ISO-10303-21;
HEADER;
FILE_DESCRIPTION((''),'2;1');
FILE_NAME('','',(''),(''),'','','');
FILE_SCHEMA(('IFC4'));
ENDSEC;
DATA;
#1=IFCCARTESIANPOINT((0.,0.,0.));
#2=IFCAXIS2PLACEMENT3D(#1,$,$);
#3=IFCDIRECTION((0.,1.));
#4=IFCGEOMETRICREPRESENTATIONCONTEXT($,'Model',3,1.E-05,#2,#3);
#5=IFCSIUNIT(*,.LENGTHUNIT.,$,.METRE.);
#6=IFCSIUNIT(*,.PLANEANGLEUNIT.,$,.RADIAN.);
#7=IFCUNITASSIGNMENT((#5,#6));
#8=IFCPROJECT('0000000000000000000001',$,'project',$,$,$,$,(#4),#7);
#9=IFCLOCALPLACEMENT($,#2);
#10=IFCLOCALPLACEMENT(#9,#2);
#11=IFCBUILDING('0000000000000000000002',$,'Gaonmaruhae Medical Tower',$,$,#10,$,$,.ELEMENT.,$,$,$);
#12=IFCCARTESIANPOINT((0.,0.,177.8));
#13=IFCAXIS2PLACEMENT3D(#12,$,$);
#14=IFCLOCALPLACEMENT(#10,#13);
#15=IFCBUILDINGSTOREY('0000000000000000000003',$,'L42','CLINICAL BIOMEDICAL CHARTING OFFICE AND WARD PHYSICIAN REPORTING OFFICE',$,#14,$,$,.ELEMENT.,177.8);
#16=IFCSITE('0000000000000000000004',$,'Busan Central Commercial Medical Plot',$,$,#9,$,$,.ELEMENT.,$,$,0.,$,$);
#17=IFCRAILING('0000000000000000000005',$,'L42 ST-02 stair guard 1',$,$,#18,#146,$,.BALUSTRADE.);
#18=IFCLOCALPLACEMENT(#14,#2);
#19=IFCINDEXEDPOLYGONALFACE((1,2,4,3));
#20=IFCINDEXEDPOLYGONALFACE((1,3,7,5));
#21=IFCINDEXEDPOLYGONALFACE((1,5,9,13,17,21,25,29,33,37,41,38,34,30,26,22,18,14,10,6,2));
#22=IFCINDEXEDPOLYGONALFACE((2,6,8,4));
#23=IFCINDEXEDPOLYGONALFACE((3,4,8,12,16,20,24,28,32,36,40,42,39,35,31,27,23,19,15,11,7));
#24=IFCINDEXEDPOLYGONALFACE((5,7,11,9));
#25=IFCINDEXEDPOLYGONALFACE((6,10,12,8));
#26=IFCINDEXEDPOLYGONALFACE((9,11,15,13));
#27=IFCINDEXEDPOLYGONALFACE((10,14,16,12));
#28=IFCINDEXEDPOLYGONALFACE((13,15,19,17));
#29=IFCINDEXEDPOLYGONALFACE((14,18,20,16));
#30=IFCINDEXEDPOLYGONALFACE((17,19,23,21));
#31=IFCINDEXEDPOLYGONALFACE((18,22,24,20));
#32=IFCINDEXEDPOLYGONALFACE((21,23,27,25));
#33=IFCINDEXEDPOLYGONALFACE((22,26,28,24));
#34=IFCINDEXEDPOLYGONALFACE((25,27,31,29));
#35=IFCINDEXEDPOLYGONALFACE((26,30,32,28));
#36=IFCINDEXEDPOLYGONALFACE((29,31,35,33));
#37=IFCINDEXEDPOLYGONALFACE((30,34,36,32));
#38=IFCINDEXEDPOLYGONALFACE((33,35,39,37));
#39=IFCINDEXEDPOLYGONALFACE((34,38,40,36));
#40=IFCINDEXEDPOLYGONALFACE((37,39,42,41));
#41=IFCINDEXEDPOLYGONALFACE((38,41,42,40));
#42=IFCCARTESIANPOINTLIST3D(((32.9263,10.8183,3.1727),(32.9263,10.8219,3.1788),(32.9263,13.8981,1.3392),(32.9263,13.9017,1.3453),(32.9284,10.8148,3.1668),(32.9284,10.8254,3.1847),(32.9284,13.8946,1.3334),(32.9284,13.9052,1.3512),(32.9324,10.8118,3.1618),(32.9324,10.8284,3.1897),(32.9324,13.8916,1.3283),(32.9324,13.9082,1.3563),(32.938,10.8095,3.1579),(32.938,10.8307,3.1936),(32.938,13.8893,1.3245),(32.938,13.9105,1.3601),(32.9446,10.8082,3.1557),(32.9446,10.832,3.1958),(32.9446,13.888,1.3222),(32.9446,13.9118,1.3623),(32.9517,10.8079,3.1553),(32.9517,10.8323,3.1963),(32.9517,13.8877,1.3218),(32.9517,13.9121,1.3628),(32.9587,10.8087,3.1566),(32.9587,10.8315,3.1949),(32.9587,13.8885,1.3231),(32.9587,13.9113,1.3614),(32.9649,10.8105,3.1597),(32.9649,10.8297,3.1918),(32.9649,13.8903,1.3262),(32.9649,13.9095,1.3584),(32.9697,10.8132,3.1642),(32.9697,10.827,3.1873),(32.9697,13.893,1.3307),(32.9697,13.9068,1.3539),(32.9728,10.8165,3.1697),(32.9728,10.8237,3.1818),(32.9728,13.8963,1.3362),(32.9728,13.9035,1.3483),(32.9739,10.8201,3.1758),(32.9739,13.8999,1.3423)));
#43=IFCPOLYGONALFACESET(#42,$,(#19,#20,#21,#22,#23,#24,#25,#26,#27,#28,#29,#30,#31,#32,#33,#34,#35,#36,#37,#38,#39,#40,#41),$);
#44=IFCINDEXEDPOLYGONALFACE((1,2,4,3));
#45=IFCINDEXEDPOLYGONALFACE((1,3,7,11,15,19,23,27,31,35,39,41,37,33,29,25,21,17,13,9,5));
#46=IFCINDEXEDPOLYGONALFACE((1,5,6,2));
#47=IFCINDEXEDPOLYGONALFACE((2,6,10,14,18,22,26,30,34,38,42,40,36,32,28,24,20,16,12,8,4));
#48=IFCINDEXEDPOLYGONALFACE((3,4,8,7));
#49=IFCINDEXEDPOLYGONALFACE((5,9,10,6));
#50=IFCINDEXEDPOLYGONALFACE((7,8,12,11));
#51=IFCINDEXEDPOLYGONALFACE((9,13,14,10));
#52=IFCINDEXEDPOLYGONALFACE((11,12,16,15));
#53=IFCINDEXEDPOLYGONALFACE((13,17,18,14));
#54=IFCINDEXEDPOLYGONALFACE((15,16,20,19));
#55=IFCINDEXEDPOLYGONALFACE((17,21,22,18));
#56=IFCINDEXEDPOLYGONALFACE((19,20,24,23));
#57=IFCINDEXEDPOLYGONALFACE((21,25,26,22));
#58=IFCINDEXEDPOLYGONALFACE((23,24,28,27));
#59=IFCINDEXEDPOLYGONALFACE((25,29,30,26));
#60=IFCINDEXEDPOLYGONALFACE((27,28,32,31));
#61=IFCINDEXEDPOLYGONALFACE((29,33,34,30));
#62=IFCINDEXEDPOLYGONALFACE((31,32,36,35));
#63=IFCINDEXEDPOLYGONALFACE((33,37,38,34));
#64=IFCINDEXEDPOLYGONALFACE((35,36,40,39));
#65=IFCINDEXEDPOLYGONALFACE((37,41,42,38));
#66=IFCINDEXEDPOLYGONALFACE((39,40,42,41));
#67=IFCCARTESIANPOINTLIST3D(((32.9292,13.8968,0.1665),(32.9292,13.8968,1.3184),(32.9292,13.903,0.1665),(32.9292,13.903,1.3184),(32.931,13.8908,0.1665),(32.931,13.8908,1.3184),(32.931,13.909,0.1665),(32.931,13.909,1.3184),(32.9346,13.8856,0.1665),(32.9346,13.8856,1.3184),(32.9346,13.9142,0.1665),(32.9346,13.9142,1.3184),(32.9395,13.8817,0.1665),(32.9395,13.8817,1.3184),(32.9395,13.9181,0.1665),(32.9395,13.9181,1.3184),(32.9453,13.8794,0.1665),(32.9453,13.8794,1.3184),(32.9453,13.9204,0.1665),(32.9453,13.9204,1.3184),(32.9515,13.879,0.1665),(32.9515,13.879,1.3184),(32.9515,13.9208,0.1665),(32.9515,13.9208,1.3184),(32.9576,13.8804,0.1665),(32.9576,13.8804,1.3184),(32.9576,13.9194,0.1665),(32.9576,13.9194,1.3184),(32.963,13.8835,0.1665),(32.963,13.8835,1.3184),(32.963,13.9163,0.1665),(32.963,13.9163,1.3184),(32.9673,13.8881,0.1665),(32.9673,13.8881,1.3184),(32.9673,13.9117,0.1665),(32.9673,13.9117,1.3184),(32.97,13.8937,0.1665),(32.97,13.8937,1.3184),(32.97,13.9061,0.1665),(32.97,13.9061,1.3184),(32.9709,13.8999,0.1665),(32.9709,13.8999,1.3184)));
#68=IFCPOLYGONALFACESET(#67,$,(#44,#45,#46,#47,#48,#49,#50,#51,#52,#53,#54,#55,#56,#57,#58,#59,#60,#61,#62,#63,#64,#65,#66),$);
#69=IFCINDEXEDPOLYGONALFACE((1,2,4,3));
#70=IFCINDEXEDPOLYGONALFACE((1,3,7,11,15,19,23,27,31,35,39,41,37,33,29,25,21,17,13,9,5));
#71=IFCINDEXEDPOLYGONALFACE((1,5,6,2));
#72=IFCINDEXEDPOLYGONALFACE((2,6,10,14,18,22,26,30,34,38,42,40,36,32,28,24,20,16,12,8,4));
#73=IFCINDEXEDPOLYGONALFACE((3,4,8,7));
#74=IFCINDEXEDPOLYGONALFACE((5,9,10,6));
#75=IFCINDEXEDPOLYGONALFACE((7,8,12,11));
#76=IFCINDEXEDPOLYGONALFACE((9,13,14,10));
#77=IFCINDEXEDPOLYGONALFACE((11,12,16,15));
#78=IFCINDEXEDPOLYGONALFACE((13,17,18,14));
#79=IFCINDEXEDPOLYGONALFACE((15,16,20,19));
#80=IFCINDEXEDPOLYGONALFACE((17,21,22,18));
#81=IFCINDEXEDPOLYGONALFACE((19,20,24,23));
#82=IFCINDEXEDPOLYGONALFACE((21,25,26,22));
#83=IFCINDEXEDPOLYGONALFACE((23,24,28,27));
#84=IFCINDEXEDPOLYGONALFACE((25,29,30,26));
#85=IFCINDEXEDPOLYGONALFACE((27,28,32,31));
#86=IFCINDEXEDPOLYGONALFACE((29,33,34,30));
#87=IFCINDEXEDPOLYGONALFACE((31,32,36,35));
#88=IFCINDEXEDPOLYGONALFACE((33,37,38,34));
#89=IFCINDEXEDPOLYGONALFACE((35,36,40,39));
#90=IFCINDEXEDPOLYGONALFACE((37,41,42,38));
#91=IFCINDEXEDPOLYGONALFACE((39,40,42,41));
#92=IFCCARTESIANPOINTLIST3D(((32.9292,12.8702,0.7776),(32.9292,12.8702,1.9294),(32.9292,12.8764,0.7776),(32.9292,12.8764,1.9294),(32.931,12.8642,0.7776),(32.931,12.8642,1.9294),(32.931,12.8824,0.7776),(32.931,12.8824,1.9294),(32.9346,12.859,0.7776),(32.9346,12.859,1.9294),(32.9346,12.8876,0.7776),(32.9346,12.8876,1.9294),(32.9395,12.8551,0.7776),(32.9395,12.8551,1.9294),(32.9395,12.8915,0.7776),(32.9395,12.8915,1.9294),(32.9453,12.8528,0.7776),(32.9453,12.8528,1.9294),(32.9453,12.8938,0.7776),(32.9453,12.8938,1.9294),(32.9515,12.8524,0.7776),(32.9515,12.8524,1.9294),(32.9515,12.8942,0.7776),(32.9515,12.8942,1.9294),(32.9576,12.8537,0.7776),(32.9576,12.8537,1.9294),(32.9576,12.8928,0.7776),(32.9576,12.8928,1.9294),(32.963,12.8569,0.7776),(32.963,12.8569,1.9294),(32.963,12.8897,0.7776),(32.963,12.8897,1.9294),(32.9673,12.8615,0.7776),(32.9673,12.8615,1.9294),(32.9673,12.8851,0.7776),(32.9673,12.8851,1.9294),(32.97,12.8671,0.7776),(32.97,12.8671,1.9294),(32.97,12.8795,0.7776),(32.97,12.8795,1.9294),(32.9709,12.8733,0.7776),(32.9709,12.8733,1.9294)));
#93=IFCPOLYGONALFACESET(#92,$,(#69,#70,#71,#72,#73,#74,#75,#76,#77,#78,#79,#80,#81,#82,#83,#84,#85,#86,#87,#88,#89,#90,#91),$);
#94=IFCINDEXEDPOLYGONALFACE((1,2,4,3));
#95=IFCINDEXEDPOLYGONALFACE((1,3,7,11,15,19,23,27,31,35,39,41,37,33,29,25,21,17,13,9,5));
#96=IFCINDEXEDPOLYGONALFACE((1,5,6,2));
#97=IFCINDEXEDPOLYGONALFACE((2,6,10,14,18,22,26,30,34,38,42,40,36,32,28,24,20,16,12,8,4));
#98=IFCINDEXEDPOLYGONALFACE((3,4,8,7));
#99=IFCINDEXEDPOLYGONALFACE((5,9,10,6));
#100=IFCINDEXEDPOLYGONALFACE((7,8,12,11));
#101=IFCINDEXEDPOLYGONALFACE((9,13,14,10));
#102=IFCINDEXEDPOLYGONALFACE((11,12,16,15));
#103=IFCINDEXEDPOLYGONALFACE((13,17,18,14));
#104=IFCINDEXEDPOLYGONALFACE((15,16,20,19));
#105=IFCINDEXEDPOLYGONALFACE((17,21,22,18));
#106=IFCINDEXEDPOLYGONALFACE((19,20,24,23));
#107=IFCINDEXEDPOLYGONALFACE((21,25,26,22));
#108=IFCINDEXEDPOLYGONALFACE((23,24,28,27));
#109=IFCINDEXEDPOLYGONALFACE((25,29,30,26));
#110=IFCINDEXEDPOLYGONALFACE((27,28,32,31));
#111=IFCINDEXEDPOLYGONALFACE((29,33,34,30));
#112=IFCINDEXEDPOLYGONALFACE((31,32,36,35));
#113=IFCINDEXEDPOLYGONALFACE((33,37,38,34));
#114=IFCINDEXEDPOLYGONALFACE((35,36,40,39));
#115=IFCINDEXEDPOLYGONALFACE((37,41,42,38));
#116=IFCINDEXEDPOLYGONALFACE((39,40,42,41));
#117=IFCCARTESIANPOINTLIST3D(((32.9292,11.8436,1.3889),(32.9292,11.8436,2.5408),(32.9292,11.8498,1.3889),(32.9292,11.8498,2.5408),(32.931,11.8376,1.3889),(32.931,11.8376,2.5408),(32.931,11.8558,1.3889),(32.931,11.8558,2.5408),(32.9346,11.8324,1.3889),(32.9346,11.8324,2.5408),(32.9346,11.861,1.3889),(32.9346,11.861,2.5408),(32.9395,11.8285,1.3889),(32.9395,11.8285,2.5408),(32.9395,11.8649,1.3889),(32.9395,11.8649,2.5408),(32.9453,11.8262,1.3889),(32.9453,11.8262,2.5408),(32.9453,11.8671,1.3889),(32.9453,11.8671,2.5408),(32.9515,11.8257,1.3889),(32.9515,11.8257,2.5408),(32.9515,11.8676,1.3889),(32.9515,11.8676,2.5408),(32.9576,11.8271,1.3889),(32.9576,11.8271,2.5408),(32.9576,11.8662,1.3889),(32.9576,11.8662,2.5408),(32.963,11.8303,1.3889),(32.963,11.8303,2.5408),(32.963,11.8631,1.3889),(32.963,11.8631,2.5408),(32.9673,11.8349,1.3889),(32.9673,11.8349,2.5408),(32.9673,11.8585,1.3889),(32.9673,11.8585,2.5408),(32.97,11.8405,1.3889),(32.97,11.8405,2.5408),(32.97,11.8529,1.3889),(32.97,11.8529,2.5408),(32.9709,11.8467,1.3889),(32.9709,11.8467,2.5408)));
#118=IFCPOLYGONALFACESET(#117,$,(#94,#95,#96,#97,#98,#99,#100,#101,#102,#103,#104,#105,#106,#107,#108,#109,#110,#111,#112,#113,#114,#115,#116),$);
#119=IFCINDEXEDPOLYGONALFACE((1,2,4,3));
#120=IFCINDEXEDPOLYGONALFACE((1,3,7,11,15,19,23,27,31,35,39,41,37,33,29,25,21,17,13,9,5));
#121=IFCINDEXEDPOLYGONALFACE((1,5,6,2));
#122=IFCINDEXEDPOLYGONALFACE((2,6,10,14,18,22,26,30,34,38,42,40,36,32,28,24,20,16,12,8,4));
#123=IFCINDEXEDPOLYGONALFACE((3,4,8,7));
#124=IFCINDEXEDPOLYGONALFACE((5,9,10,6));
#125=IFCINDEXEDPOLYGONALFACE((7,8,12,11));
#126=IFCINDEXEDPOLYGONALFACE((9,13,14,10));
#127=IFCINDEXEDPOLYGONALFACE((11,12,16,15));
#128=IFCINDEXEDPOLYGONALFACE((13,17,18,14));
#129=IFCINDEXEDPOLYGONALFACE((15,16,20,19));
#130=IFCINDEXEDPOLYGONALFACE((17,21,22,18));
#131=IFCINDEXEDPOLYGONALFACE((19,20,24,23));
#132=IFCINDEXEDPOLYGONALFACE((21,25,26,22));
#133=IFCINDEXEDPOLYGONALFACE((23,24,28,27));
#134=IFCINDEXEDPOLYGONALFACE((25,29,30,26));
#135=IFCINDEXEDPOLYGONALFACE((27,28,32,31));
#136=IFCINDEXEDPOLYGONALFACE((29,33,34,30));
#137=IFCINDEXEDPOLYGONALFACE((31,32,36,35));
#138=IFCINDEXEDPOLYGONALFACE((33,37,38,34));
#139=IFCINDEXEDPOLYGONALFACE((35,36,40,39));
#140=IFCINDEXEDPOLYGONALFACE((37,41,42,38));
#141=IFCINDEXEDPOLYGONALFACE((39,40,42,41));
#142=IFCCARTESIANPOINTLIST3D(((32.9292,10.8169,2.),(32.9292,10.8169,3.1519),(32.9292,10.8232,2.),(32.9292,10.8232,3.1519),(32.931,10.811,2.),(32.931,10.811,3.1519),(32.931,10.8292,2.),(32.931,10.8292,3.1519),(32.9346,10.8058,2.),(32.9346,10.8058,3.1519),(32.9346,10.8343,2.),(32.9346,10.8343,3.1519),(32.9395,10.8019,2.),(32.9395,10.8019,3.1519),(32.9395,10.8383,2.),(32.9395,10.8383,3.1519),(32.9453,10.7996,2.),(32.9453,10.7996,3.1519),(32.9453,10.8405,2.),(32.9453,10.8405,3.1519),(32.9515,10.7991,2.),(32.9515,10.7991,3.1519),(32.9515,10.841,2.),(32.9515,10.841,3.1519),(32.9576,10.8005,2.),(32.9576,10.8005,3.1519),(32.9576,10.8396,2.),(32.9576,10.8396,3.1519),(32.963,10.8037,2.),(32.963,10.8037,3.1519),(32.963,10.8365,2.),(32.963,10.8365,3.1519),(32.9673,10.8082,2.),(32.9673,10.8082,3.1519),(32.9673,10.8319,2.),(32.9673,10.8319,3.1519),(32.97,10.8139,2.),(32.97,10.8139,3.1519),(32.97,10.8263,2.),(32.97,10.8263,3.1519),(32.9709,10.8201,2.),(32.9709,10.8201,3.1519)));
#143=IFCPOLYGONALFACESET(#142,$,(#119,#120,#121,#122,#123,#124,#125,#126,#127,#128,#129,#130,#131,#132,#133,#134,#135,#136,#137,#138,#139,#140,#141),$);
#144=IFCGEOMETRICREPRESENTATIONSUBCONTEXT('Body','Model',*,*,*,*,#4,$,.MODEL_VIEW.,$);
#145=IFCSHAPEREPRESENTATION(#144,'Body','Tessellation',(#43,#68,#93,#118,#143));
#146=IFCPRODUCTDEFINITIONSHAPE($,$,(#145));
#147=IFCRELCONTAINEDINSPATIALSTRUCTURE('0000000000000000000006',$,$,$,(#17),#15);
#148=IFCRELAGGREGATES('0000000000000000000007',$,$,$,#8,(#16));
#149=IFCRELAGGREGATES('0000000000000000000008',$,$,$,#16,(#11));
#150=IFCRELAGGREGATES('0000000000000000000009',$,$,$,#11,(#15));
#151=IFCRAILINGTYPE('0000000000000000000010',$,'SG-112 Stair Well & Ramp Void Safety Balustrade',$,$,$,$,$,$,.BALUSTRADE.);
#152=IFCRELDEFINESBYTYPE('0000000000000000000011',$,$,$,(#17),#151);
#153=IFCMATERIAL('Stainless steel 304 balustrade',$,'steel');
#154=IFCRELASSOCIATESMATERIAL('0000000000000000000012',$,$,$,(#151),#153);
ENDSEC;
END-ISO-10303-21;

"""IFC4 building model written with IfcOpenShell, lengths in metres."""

from ifc_helpers import new_model, si_unit, direction, frame, origin, origin_2d, place, context, subcontext, project, spatial, circle, extrude, material, type_object, element, save


model = new_model("IFC4")

# Units and contexts
model_context = context("Model", 3, precision=1e-05, world=origin(), true_north=direction((0.0, 1.0)))
body_context = subcontext(model_context, "Body", "Model", "MODEL_VIEW")
ifc_project = project(units=[si_unit("LENGTHUNIT", "METRE"), si_unit("PLANEANGLEUNIT", "RADIAN")], contexts=[model_context])

# Site, building, storey
site_placement = place(None, origin())
site = spatial("IfcSite", under=ifc_project, at=site_placement, Name="Busan Central Commercial Medical Plot", CompositionType="ELEMENT", RefElevation=0.0)
building_placement = place(site_placement, origin())
building = spatial("IfcBuilding", under=site, at=building_placement, Name="Gaonmaruhae Medical Tower", CompositionType="ELEMENT")
storey_placement = place(building_placement, frame((0.0, 0.0, 177.8)))
storey = spatial("IfcBuildingStorey", under=building, at=storey_placement, Name="L42", Description="CLINICAL BIOMEDICAL CHARTING OFFICE AND WARD PHYSICIAN REPORTING OFFICE", CompositionType="ELEMENT", Elevation=177.8)

# Railing
ifc_material_1 = material(Name="Stainless steel 304 balustrade", Category="steel")
railing_type_1 = type_object("IfcRailingType", Name="SG-112 Stair Well & Ramp Void Safety Balustrade", PredefinedType="BALUSTRADE", material=ifc_material_1)
railing_1_placement = place(storey_placement, frame((32.95, 13.8999, 0.1665)))
element("IfcRailing", 1, at=railing_1_placement, inside=storey, type_object=railing_type_1, Name="L42 ST-02 stair guard 1", PredefinedType="BALUSTRADE", context=body_context, shape_type="SweptSolid", body=[
    extrude(circle(Radius=0.0239, at=origin_2d()), frame((0.0, 0.0, 1.1758), z_axis=(0.0, -0.859261, 0.511538), x_axis=(1.0, 0.0, 0.0)), (0.0, 0.0, 1.0), 3.5842),
    extrude(circle(Radius=0.021, at=origin_2d()), origin(), (0.0, 0.0, 1.0), 1.1519),
    extrude(circle(Radius=0.021, at=origin_2d()), frame((0.0, -1.0266, 0.6111)), (0.0, 0.0, 1.0), 1.1519),
    extrude(circle(Radius=0.021, at=origin_2d()), frame((0.0, -2.0532, 1.2224)), (0.0, 0.0, 1.0), 1.1519),
    extrude(circle(Radius=0.021, at=origin_2d()), frame((0.0, -3.0798, 1.8335)), (0.0, 0.0, 1.0), 1.1519),
])

save(model, "model.ifc")
